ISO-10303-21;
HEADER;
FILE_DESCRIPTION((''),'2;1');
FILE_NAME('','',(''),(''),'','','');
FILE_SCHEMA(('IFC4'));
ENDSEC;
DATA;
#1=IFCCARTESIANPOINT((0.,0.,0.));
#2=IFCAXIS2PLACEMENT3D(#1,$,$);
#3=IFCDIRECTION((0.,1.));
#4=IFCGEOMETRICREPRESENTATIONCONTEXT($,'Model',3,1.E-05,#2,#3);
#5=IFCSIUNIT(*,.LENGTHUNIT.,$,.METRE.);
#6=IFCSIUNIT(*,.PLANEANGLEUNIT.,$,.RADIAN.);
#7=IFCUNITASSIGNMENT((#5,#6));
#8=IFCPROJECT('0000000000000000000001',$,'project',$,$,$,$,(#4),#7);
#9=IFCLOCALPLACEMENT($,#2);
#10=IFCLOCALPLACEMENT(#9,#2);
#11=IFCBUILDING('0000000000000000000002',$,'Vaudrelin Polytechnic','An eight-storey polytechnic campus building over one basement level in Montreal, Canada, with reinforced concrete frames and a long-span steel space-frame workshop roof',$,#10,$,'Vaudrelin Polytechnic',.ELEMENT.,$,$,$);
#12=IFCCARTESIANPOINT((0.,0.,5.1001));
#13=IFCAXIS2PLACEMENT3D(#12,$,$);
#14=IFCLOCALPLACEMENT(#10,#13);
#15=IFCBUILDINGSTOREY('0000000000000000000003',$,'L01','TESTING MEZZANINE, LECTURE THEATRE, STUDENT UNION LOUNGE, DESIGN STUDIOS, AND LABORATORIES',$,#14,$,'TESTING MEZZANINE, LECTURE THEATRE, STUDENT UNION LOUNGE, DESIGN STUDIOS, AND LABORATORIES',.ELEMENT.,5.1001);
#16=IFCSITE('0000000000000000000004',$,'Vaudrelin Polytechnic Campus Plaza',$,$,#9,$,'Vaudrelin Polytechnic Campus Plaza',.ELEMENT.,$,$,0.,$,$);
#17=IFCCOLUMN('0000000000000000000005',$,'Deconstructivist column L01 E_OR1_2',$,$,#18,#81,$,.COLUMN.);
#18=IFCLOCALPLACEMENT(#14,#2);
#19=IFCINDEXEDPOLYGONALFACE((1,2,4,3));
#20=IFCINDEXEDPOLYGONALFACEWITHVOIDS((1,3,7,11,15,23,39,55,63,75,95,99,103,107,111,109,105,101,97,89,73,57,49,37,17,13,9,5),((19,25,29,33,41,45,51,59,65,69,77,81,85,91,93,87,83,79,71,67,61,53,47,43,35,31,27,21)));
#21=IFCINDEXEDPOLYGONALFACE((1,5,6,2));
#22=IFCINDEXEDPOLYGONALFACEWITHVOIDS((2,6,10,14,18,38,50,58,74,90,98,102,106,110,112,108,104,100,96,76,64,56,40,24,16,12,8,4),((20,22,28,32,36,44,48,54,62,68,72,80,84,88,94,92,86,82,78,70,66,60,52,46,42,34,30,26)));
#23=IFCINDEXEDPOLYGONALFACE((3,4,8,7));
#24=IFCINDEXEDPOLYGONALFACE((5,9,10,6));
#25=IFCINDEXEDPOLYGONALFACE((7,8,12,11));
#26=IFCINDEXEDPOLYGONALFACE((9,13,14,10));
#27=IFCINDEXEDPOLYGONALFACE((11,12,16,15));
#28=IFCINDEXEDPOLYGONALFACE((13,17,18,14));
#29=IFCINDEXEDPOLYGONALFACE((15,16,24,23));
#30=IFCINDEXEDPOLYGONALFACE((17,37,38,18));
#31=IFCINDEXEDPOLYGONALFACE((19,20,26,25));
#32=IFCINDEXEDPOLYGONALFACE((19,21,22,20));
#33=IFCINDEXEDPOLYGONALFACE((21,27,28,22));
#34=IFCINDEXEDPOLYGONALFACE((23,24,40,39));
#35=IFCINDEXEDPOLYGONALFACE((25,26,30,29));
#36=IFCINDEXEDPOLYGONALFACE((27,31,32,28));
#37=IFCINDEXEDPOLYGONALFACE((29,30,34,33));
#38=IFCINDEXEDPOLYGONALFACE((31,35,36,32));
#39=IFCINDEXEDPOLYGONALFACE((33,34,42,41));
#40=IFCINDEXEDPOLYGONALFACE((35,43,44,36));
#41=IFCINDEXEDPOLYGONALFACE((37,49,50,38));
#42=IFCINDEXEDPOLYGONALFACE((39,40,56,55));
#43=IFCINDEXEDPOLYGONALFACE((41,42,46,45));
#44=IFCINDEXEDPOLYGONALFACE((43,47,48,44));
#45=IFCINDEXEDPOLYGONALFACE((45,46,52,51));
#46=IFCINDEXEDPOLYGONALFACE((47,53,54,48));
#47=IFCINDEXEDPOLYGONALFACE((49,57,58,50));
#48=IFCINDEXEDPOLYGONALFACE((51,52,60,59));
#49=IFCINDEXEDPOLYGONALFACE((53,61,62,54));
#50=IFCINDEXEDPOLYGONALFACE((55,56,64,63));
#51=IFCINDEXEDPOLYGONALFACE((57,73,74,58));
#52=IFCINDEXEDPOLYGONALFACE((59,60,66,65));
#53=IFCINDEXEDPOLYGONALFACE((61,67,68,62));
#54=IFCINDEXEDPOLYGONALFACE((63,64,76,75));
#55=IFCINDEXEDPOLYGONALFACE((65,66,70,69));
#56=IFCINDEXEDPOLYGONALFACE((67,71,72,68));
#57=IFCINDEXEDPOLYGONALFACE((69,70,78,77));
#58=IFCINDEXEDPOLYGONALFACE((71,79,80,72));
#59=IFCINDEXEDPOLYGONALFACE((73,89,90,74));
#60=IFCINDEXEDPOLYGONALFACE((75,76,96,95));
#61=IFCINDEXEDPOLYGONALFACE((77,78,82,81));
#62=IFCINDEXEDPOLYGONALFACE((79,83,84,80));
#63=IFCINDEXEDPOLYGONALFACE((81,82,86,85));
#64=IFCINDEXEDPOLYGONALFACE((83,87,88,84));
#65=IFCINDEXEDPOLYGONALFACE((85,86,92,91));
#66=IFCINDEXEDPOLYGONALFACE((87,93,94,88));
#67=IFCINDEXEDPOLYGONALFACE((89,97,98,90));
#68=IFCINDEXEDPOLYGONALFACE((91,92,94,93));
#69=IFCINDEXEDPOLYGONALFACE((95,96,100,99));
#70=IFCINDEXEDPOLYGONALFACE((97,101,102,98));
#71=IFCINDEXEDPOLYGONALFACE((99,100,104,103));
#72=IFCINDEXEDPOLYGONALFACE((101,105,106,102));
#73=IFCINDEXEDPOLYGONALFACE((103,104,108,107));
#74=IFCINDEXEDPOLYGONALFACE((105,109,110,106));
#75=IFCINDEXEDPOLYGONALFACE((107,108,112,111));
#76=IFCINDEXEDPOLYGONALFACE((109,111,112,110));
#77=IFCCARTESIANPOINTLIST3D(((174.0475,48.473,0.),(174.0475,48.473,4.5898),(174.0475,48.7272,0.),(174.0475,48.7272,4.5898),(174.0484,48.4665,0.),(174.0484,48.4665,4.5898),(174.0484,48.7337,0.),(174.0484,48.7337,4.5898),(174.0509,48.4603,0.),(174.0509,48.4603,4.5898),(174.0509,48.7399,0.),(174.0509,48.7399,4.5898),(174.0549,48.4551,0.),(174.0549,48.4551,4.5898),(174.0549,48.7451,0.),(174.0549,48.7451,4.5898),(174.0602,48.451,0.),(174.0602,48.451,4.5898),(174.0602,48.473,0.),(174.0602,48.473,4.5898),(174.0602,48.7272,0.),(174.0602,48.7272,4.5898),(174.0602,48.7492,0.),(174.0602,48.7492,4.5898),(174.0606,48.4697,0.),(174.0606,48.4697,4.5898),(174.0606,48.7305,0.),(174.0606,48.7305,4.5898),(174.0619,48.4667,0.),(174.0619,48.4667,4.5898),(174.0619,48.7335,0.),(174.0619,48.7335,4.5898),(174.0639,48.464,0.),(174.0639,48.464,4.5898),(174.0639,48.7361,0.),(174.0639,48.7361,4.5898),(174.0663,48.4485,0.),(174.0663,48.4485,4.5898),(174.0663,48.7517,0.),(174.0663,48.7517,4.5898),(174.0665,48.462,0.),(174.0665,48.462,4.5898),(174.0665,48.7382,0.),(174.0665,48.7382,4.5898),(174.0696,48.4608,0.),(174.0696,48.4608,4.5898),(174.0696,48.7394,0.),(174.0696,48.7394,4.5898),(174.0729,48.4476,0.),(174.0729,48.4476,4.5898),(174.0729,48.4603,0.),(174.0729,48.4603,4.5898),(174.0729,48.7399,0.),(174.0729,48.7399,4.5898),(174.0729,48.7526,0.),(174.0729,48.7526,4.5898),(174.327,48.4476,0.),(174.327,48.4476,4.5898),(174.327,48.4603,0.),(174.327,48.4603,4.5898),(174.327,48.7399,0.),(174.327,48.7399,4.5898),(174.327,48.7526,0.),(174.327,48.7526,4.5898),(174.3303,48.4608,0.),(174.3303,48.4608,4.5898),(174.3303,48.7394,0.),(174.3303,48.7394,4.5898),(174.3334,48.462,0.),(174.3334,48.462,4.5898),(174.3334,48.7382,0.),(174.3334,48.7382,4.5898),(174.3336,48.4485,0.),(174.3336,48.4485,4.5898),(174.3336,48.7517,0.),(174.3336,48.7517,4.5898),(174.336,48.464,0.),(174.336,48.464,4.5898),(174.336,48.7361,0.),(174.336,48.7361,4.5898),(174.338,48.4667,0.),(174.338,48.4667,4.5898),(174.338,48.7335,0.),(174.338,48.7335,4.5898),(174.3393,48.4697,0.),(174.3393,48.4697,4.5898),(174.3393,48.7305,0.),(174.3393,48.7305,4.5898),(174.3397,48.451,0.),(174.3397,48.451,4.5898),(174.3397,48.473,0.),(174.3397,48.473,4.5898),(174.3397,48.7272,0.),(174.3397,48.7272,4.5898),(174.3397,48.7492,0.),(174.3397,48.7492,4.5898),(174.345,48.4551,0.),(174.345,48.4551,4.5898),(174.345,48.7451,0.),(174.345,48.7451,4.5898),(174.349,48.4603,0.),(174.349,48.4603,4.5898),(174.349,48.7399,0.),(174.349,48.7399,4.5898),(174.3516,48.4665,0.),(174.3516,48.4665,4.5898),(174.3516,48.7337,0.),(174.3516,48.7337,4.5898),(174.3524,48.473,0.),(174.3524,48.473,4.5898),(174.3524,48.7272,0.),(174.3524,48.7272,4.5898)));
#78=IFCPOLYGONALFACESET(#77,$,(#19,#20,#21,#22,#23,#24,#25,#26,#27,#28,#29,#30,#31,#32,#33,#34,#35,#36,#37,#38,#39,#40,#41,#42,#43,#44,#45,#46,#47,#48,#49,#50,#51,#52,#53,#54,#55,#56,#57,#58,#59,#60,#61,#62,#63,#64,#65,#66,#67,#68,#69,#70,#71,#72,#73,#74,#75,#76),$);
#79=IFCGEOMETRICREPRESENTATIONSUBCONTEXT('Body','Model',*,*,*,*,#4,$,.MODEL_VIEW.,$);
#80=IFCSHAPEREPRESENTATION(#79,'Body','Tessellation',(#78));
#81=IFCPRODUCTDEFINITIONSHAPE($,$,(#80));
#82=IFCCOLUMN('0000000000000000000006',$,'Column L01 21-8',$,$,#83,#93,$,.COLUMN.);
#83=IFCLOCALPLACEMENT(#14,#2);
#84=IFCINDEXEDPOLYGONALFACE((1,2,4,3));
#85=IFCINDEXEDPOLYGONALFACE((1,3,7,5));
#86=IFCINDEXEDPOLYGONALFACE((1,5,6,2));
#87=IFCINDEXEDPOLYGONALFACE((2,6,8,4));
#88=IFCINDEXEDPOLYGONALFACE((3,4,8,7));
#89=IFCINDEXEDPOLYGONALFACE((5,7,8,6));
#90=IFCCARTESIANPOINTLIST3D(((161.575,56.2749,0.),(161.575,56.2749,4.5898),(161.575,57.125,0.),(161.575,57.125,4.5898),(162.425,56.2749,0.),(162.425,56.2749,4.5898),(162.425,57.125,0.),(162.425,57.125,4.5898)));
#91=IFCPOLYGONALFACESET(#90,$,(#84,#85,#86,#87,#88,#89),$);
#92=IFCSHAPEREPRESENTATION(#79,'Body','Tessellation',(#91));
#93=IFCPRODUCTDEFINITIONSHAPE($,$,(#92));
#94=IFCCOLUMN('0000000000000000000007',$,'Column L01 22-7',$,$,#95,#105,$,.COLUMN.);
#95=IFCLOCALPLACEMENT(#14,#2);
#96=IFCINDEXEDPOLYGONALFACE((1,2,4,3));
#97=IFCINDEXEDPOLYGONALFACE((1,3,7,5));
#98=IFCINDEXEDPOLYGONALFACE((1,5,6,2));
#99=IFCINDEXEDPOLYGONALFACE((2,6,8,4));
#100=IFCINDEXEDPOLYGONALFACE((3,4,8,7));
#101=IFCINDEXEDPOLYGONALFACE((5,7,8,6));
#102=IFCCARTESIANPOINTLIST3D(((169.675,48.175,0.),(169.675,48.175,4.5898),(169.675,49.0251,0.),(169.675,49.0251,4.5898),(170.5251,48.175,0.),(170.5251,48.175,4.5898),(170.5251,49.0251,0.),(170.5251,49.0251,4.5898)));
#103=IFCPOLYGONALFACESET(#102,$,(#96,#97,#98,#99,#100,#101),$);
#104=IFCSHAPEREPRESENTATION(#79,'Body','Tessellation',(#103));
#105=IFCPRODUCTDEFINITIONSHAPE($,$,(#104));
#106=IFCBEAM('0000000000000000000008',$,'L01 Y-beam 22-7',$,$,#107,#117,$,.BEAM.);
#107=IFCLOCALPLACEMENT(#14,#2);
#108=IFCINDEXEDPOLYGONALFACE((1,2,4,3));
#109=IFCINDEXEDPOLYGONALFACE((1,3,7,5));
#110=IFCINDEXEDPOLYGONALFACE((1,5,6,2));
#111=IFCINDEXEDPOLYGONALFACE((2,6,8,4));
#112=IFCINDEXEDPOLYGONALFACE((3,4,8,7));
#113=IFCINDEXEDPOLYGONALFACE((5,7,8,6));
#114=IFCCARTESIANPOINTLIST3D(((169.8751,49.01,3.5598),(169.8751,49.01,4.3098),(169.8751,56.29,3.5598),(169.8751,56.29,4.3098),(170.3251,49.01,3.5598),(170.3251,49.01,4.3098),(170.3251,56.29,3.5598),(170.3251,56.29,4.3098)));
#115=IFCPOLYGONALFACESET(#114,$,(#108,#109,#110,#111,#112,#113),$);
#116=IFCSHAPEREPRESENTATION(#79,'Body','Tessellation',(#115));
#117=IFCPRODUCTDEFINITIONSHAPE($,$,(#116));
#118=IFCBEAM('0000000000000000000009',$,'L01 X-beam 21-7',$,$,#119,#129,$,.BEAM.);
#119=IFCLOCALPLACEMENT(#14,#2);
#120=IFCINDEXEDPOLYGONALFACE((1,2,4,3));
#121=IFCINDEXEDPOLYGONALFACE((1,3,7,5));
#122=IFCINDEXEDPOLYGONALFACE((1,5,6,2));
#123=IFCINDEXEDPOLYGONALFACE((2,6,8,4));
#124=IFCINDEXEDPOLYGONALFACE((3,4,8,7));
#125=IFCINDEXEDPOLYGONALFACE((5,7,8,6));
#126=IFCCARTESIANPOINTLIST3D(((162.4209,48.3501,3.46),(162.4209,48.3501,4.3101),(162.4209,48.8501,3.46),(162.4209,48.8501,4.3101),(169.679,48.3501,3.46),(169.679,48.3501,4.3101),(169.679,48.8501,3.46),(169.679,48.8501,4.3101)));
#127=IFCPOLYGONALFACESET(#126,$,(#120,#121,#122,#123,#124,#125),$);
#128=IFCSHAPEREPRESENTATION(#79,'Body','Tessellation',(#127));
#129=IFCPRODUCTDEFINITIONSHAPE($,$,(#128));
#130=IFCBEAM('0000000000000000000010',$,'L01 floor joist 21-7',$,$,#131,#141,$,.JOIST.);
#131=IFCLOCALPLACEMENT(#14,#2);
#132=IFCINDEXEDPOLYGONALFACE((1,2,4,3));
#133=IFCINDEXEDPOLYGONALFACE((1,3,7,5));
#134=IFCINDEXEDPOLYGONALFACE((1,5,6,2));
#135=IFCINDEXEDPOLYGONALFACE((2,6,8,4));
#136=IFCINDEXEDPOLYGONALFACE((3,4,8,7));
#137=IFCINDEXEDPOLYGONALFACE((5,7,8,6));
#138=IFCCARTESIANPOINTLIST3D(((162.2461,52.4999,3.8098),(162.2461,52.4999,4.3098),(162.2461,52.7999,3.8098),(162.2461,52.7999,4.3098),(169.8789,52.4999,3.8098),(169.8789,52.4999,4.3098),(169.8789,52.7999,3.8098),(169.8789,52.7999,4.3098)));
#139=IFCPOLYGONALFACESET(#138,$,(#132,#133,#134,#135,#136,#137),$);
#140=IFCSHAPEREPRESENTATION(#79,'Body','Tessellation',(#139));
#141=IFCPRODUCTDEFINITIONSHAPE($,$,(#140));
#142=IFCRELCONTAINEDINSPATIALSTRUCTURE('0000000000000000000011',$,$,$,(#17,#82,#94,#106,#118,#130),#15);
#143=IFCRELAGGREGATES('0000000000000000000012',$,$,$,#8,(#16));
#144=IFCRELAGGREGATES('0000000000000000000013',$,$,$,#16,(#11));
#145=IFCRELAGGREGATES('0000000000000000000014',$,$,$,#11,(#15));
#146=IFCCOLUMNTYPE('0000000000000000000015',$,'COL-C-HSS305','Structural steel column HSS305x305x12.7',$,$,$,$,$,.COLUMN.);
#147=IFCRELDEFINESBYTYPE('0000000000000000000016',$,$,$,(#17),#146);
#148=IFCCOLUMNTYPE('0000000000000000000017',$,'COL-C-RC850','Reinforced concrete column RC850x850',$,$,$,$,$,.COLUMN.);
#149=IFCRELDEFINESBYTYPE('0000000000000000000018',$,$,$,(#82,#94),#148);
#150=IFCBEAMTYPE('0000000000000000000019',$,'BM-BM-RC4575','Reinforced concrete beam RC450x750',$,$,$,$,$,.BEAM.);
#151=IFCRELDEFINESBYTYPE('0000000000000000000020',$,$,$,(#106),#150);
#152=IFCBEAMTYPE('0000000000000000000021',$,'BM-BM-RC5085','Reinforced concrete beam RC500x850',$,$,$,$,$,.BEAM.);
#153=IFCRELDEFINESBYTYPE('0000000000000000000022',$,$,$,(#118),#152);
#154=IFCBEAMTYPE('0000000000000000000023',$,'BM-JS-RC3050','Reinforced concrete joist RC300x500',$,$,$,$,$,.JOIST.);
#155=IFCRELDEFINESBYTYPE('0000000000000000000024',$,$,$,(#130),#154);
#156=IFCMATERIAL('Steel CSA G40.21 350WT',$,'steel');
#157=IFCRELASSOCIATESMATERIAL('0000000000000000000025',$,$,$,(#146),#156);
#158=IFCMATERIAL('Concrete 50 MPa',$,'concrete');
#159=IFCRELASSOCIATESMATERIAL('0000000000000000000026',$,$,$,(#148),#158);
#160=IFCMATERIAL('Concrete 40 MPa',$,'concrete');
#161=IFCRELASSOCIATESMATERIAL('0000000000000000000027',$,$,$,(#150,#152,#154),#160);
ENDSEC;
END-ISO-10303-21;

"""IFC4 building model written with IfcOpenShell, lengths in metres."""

from ifc_helpers import new_model, si_unit, direction, frame, origin, origin_2d, place, context, subcontext, project, spatial, rectangle, hollow_rectangle, extrude, material, material_profile, profile_set, type_object, element, save


model = new_model("IFC4")

# Units and contexts
model_context = context("Model", 3, precision=1e-05, world=origin(), true_north=direction((0.0, 1.0)))
body_context = subcontext(model_context, "Body", "Model", "MODEL_VIEW")
ifc_project = project(units=[si_unit("LENGTHUNIT", "METRE"), si_unit("PLANEANGLEUNIT", "RADIAN")], contexts=[model_context])

# Site, building, storey
site_placement = place(None, origin())
site = spatial("IfcSite", under=ifc_project, at=site_placement, Name="Vaudrelin Polytechnic Campus Plaza", LongName="Vaudrelin Polytechnic Campus Plaza", CompositionType="ELEMENT", RefElevation=0.0)
building_placement = place(site_placement, origin())
building = spatial("IfcBuilding", under=site, at=building_placement, Name="Vaudrelin Polytechnic", Description="An eight-storey polytechnic campus building over one basement level in Montreal, Canada, with reinforced concrete frames and a long-span steel space-frame workshop roof", LongName="Vaudrelin Polytechnic", CompositionType="ELEMENT")
storey_placement = place(building_placement, frame((0.0, 0.0, 5.1001)))
storey = spatial("IfcBuildingStorey", under=building, at=storey_placement, Name="L01", Description="TESTING MEZZANINE, LECTURE THEATRE, STUDENT UNION LOUNGE, DESIGN STUDIOS, AND LABORATORIES", LongName="TESTING MEZZANINE, LECTURE THEATRE, STUDENT UNION LOUNGE, DESIGN STUDIOS, AND LABORATORIES", CompositionType="ELEMENT", Elevation=5.1001)

# Columns
ifc_material_1 = material(Name="Steel CSA G40.21 350WT", Category="steel")
ifc_material_profile_1 = material_profile(ifc_material_1, hollow_rectangle(XDim=0.3049, YDim=0.3049, WallThickness=0.0127, InnerFilletRadius=0.0127, OuterFilletRadius=0.0254, at=origin_2d()), Name="HSS305x305x12.7")
ifc_profile_set_1 = profile_set([ifc_material_profile_1], Name="Steel CSA G40.21 350WT")
column_type_1 = type_object("IfcColumnType", Name="COL-C-HSS305", Description="Structural steel column HSS305x305x12.7", PredefinedType="COLUMN", material=ifc_profile_set_1)
column_placement = place(storey_placement, frame((174.2, 48.6001, 0.0), z_axis=(0.0, 0.0, 1.0), x_axis=(1.0, 0.0, 0.0)))
element("IfcColumn", 1, at=column_placement, inside=storey, type_object=column_type_1, Name="Deconstructivist column L01 E_OR1_2", PredefinedType="COLUMN", context=body_context, shape_type="SweptSolid", body=[
    extrude(hollow_rectangle(XDim=0.3049, YDim=0.3049, WallThickness=0.0127, InnerFilletRadius=0.0127, OuterFilletRadius=0.0254, at=origin_2d()), origin(), (0.0, 0.0, 1.0), 4.5898),
])
ifc_material_2 = material(Name="Concrete 50 MPa", Category="concrete")
ifc_material_profile_2 = material_profile(ifc_material_2, rectangle(XDim=0.8501, YDim=0.8501, at=origin_2d()), Name="RC850x850")
ifc_profile_set_2 = profile_set([ifc_material_profile_2], Name="Concrete 50 MPa")
column_type_2 = type_object("IfcColumnType", Name="COL-C-RC850", Description="Reinforced concrete column RC850x850", PredefinedType="COLUMN", material=ifc_profile_set_2)
for number, where, z_axis, x_axis, name in (
    (2, (162.0, 56.7, 0.0), (0.0, 0.0, 1.0), (1.0, 0.0, 0.0), "Column L01 21-8"),
    (3, (170.1001, 48.6001, 0.0), (0.0, 0.0, 1.0), (1.0, 0.0, 0.0), "Column L01 22-7"),
):
    element("IfcColumn", number, at=place(storey_placement, frame(where, z_axis=z_axis, x_axis=x_axis)), inside=storey, type_object=column_type_2, Name=name, PredefinedType="COLUMN", context=body_context, shape_type="SweptSolid", body=[
        extrude(rectangle(XDim=0.8501, YDim=0.8501, at=origin_2d()), origin(), (0.0, 0.0, 1.0), 4.5898),
    ])

# Beams
ifc_material_3 = material(Name="Concrete 40 MPa", Category="concrete")
ifc_material_profile_3 = material_profile(ifc_material_3, rectangle(XDim=0.45, YDim=0.75, at=origin_2d()), Name="RC450x750")
ifc_profile_set_3 = profile_set([ifc_material_profile_3], Name="Concrete 40 MPa")
beam_type_1 = type_object("IfcBeamType", Name="BM-BM-RC4575", Description="Reinforced concrete beam RC450x750", PredefinedType="BEAM", material=ifc_profile_set_3)
beam_1_placement = place(storey_placement, frame((170.1001, 49.01, 3.9348), z_axis=(0.0, 1.0, 0.0), x_axis=(-1.0, 0.0, 0.0)))
element("IfcBeam", 4, at=beam_1_placement, inside=storey, type_object=beam_type_1, Name="L01 Y-beam 22-7", PredefinedType="BEAM", context=body_context, shape_type="SweptSolid", body=[
    extrude(rectangle(XDim=0.45, YDim=0.75, at=origin_2d()), origin(), (0.0, 0.0, 1.0), 7.28),
])
ifc_material_profile_4 = material_profile(ifc_material_3, rectangle(XDim=0.5, YDim=0.8501, at=origin_2d()), Name="RC500x850")
ifc_profile_set_4 = profile_set([ifc_material_profile_4], Name="Concrete 40 MPa")
beam_type_2 = type_object("IfcBeamType", Name="BM-BM-RC5085", Description="Reinforced concrete beam RC500x850", PredefinedType="BEAM", material=ifc_profile_set_4)
beam_2_placement = place(storey_placement, frame((162.4209, 48.6001, 3.885), z_axis=(1.0, 0.0, 0.0), x_axis=(0.0, 1.0, 0.0)))
element("IfcBeam", 5, at=beam_2_placement, inside=storey, type_object=beam_type_2, Name="L01 X-beam 21-7", PredefinedType="BEAM", context=body_context, shape_type="SweptSolid", body=[
    extrude(rectangle(XDim=0.5, YDim=0.8501, at=origin_2d()), origin(), (0.0, 0.0, 1.0), 7.2581),
])
ifc_material_profile_5 = material_profile(ifc_material_3, rectangle(XDim=0.3, YDim=0.5, at=origin_2d()), Name="RC300x500")
ifc_profile_set_5 = profile_set([ifc_material_profile_5], Name="Concrete 40 MPa")
beam_type_3 = type_object("IfcBeamType", Name="BM-JS-RC3050", Description="Reinforced concrete joist RC300x500", PredefinedType="JOIST", material=ifc_profile_set_5)
beam_3_placement = place(storey_placement, frame((162.2461, 52.6499, 4.0598), z_axis=(1.0, 0.0, 0.0), x_axis=(0.0, 1.0, 0.0)))
element("IfcBeam", 6, at=beam_3_placement, inside=storey, type_object=beam_type_3, Name="L01 floor joist 21-7", PredefinedType="JOIST", context=body_context, shape_type="SweptSolid", body=[
    extrude(rectangle(XDim=0.3, YDim=0.5, at=origin_2d()), origin(), (0.0, 0.0, 1.0), 7.6328),
])

save(model, "model.ifc")
